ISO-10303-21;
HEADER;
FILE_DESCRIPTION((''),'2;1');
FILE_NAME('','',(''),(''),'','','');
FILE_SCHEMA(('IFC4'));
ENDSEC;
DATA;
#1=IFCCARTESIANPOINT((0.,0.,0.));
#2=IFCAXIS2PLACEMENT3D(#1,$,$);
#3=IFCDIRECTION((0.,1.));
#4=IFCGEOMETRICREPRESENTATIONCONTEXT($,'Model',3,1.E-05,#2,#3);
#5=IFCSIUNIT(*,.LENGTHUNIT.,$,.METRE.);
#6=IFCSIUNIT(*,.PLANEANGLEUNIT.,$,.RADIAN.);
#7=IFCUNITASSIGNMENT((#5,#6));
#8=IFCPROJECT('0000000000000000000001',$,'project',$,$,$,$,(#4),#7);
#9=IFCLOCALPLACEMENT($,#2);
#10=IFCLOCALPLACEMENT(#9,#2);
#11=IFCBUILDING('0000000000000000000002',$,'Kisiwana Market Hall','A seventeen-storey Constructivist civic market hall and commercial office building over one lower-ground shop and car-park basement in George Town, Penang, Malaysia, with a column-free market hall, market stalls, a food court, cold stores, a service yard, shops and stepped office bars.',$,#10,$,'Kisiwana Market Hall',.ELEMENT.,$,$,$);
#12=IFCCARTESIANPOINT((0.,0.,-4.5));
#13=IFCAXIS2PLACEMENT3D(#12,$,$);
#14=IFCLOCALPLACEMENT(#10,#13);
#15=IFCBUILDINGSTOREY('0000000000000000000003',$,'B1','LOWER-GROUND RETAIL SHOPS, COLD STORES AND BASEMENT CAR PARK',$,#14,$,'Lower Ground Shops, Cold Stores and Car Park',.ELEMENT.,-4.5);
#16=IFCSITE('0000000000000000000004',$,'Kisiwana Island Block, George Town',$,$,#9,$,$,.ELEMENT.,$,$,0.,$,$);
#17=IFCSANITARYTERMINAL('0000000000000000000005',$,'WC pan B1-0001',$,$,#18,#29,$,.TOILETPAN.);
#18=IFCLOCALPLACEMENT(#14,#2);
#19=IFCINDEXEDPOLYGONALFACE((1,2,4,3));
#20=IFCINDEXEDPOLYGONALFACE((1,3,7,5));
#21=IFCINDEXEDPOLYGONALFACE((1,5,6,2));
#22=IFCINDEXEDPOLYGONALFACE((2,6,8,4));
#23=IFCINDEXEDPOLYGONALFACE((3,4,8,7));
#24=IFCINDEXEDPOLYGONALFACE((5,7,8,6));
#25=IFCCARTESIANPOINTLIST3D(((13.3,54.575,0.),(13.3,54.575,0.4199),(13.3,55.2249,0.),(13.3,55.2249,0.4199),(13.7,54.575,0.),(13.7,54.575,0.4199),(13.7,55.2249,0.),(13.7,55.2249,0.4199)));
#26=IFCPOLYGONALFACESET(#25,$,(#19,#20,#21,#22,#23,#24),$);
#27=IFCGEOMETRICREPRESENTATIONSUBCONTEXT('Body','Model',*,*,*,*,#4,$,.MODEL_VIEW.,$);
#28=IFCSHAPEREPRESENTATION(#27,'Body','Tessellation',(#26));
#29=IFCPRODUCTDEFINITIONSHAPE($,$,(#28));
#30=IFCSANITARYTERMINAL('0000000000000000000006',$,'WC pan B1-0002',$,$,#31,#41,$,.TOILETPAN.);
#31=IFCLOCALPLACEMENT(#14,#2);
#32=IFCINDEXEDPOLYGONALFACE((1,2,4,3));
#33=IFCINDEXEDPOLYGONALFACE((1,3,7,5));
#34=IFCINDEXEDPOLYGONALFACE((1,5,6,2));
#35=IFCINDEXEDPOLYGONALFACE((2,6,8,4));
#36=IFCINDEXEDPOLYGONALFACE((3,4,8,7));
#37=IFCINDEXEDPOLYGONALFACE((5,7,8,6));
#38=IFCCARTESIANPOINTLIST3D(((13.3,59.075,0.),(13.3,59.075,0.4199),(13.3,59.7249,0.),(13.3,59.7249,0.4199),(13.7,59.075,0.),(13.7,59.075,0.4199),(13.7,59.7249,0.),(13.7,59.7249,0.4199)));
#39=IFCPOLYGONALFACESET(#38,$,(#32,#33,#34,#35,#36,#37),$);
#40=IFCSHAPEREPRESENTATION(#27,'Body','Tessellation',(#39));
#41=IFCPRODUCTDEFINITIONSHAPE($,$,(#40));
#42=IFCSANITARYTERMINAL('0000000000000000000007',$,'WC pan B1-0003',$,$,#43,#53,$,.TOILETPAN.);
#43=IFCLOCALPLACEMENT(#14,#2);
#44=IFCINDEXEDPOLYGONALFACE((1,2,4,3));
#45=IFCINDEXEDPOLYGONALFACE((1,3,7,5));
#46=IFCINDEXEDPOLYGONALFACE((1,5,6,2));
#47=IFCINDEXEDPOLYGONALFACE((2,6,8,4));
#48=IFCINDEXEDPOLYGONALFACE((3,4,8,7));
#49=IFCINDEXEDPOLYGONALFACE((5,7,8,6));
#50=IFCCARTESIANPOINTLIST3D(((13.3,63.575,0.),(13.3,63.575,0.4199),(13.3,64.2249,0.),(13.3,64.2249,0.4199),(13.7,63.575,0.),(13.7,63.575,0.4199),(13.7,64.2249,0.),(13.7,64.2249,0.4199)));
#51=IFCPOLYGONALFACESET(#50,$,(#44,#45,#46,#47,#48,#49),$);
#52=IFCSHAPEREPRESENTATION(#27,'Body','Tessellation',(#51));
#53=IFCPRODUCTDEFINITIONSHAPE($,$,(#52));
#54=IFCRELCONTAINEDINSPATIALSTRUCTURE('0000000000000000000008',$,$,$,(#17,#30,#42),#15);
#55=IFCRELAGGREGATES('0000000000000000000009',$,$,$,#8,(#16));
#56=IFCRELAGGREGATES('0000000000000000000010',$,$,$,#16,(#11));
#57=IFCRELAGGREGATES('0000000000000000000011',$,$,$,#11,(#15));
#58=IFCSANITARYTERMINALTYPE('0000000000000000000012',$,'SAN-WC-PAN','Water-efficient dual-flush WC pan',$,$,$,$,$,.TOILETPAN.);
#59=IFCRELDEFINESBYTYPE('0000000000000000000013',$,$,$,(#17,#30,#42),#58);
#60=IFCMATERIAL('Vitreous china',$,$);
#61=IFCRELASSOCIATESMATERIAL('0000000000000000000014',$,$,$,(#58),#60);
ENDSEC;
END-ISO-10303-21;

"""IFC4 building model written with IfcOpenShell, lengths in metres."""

from ifc_helpers import new_model, si_unit, direction, frame, origin, origin_2d, place, context, subcontext, project, spatial, rectangle, extrude, material, type_object, element, save


model = new_model("IFC4")

# Units and contexts
model_context = context("Model", 3, precision=1e-05, world=origin(), true_north=direction((0.0, 1.0)))
body_context = subcontext(model_context, "Body", "Model", "MODEL_VIEW")
ifc_project = project(units=[si_unit("LENGTHUNIT", "METRE"), si_unit("PLANEANGLEUNIT", "RADIAN")], contexts=[model_context])

# Site, building, storey
site_placement = place(None, origin())
site = spatial("IfcSite", under=ifc_project, at=site_placement, Name="Kisiwana Island Block, George Town", CompositionType="ELEMENT", RefElevation=0.0)
building_placement = place(site_placement, origin())
building = spatial("IfcBuilding", under=site, at=building_placement, Name="Kisiwana Market Hall", Description="A seventeen-storey Constructivist civic market hall and commercial office building over one lower-ground shop and car-park basement in George Town, Penang, Malaysia, with a column-free market hall, market stalls, a food court, cold stores, a service yard, shops and stepped office bars.", LongName="Kisiwana Market Hall", CompositionType="ELEMENT")
storey_placement = place(building_placement, frame((0.0, 0.0, -4.5)))
storey = spatial("IfcBuildingStorey", under=building, at=storey_placement, Name="B1", Description="LOWER-GROUND RETAIL SHOPS, COLD STORES AND BASEMENT CAR PARK", LongName="Lower Ground Shops, Cold Stores and Car Park", CompositionType="ELEMENT", Elevation=-4.5)

# Sanitary terminals
ifc_material_1 = material(Name="Vitreous china")
sanitary_terminal_type_1 = type_object("IfcSanitaryTerminalType", Name="SAN-WC-PAN", Description="Water-efficient dual-flush WC pan", PredefinedType="TOILETPAN", material=ifc_material_1)
for number, where, z_axis, x_axis, name in (
    (1, (13.5, 54.8999, 0.0), (0.0, 0.0, 1.0), (1.0, 0.0, 0.0), "WC pan B1-0001"),
    (2, (13.5, 59.3999, 0.0), (0.0, 0.0, 1.0), (1.0, 0.0, 0.0), "WC pan B1-0002"),
    (3, (13.5, 63.8999, 0.0), (0.0, 0.0, 1.0), (1.0, 0.0, 0.0), "WC pan B1-0003"),
):
    element("IfcSanitaryTerminal", number, at=place(storey_placement, frame(where, z_axis=z_axis, x_axis=x_axis)), inside=storey, type_object=sanitary_terminal_type_1, Name=name, PredefinedType="TOILETPAN", context=body_context, shape_type="SweptSolid", body=[
        extrude(rectangle(XDim=0.3999, YDim=0.6499, at=origin_2d()), origin(), (0.0, 0.0, 1.0), 0.4199),
    ])

save(model, "model.ifc")
